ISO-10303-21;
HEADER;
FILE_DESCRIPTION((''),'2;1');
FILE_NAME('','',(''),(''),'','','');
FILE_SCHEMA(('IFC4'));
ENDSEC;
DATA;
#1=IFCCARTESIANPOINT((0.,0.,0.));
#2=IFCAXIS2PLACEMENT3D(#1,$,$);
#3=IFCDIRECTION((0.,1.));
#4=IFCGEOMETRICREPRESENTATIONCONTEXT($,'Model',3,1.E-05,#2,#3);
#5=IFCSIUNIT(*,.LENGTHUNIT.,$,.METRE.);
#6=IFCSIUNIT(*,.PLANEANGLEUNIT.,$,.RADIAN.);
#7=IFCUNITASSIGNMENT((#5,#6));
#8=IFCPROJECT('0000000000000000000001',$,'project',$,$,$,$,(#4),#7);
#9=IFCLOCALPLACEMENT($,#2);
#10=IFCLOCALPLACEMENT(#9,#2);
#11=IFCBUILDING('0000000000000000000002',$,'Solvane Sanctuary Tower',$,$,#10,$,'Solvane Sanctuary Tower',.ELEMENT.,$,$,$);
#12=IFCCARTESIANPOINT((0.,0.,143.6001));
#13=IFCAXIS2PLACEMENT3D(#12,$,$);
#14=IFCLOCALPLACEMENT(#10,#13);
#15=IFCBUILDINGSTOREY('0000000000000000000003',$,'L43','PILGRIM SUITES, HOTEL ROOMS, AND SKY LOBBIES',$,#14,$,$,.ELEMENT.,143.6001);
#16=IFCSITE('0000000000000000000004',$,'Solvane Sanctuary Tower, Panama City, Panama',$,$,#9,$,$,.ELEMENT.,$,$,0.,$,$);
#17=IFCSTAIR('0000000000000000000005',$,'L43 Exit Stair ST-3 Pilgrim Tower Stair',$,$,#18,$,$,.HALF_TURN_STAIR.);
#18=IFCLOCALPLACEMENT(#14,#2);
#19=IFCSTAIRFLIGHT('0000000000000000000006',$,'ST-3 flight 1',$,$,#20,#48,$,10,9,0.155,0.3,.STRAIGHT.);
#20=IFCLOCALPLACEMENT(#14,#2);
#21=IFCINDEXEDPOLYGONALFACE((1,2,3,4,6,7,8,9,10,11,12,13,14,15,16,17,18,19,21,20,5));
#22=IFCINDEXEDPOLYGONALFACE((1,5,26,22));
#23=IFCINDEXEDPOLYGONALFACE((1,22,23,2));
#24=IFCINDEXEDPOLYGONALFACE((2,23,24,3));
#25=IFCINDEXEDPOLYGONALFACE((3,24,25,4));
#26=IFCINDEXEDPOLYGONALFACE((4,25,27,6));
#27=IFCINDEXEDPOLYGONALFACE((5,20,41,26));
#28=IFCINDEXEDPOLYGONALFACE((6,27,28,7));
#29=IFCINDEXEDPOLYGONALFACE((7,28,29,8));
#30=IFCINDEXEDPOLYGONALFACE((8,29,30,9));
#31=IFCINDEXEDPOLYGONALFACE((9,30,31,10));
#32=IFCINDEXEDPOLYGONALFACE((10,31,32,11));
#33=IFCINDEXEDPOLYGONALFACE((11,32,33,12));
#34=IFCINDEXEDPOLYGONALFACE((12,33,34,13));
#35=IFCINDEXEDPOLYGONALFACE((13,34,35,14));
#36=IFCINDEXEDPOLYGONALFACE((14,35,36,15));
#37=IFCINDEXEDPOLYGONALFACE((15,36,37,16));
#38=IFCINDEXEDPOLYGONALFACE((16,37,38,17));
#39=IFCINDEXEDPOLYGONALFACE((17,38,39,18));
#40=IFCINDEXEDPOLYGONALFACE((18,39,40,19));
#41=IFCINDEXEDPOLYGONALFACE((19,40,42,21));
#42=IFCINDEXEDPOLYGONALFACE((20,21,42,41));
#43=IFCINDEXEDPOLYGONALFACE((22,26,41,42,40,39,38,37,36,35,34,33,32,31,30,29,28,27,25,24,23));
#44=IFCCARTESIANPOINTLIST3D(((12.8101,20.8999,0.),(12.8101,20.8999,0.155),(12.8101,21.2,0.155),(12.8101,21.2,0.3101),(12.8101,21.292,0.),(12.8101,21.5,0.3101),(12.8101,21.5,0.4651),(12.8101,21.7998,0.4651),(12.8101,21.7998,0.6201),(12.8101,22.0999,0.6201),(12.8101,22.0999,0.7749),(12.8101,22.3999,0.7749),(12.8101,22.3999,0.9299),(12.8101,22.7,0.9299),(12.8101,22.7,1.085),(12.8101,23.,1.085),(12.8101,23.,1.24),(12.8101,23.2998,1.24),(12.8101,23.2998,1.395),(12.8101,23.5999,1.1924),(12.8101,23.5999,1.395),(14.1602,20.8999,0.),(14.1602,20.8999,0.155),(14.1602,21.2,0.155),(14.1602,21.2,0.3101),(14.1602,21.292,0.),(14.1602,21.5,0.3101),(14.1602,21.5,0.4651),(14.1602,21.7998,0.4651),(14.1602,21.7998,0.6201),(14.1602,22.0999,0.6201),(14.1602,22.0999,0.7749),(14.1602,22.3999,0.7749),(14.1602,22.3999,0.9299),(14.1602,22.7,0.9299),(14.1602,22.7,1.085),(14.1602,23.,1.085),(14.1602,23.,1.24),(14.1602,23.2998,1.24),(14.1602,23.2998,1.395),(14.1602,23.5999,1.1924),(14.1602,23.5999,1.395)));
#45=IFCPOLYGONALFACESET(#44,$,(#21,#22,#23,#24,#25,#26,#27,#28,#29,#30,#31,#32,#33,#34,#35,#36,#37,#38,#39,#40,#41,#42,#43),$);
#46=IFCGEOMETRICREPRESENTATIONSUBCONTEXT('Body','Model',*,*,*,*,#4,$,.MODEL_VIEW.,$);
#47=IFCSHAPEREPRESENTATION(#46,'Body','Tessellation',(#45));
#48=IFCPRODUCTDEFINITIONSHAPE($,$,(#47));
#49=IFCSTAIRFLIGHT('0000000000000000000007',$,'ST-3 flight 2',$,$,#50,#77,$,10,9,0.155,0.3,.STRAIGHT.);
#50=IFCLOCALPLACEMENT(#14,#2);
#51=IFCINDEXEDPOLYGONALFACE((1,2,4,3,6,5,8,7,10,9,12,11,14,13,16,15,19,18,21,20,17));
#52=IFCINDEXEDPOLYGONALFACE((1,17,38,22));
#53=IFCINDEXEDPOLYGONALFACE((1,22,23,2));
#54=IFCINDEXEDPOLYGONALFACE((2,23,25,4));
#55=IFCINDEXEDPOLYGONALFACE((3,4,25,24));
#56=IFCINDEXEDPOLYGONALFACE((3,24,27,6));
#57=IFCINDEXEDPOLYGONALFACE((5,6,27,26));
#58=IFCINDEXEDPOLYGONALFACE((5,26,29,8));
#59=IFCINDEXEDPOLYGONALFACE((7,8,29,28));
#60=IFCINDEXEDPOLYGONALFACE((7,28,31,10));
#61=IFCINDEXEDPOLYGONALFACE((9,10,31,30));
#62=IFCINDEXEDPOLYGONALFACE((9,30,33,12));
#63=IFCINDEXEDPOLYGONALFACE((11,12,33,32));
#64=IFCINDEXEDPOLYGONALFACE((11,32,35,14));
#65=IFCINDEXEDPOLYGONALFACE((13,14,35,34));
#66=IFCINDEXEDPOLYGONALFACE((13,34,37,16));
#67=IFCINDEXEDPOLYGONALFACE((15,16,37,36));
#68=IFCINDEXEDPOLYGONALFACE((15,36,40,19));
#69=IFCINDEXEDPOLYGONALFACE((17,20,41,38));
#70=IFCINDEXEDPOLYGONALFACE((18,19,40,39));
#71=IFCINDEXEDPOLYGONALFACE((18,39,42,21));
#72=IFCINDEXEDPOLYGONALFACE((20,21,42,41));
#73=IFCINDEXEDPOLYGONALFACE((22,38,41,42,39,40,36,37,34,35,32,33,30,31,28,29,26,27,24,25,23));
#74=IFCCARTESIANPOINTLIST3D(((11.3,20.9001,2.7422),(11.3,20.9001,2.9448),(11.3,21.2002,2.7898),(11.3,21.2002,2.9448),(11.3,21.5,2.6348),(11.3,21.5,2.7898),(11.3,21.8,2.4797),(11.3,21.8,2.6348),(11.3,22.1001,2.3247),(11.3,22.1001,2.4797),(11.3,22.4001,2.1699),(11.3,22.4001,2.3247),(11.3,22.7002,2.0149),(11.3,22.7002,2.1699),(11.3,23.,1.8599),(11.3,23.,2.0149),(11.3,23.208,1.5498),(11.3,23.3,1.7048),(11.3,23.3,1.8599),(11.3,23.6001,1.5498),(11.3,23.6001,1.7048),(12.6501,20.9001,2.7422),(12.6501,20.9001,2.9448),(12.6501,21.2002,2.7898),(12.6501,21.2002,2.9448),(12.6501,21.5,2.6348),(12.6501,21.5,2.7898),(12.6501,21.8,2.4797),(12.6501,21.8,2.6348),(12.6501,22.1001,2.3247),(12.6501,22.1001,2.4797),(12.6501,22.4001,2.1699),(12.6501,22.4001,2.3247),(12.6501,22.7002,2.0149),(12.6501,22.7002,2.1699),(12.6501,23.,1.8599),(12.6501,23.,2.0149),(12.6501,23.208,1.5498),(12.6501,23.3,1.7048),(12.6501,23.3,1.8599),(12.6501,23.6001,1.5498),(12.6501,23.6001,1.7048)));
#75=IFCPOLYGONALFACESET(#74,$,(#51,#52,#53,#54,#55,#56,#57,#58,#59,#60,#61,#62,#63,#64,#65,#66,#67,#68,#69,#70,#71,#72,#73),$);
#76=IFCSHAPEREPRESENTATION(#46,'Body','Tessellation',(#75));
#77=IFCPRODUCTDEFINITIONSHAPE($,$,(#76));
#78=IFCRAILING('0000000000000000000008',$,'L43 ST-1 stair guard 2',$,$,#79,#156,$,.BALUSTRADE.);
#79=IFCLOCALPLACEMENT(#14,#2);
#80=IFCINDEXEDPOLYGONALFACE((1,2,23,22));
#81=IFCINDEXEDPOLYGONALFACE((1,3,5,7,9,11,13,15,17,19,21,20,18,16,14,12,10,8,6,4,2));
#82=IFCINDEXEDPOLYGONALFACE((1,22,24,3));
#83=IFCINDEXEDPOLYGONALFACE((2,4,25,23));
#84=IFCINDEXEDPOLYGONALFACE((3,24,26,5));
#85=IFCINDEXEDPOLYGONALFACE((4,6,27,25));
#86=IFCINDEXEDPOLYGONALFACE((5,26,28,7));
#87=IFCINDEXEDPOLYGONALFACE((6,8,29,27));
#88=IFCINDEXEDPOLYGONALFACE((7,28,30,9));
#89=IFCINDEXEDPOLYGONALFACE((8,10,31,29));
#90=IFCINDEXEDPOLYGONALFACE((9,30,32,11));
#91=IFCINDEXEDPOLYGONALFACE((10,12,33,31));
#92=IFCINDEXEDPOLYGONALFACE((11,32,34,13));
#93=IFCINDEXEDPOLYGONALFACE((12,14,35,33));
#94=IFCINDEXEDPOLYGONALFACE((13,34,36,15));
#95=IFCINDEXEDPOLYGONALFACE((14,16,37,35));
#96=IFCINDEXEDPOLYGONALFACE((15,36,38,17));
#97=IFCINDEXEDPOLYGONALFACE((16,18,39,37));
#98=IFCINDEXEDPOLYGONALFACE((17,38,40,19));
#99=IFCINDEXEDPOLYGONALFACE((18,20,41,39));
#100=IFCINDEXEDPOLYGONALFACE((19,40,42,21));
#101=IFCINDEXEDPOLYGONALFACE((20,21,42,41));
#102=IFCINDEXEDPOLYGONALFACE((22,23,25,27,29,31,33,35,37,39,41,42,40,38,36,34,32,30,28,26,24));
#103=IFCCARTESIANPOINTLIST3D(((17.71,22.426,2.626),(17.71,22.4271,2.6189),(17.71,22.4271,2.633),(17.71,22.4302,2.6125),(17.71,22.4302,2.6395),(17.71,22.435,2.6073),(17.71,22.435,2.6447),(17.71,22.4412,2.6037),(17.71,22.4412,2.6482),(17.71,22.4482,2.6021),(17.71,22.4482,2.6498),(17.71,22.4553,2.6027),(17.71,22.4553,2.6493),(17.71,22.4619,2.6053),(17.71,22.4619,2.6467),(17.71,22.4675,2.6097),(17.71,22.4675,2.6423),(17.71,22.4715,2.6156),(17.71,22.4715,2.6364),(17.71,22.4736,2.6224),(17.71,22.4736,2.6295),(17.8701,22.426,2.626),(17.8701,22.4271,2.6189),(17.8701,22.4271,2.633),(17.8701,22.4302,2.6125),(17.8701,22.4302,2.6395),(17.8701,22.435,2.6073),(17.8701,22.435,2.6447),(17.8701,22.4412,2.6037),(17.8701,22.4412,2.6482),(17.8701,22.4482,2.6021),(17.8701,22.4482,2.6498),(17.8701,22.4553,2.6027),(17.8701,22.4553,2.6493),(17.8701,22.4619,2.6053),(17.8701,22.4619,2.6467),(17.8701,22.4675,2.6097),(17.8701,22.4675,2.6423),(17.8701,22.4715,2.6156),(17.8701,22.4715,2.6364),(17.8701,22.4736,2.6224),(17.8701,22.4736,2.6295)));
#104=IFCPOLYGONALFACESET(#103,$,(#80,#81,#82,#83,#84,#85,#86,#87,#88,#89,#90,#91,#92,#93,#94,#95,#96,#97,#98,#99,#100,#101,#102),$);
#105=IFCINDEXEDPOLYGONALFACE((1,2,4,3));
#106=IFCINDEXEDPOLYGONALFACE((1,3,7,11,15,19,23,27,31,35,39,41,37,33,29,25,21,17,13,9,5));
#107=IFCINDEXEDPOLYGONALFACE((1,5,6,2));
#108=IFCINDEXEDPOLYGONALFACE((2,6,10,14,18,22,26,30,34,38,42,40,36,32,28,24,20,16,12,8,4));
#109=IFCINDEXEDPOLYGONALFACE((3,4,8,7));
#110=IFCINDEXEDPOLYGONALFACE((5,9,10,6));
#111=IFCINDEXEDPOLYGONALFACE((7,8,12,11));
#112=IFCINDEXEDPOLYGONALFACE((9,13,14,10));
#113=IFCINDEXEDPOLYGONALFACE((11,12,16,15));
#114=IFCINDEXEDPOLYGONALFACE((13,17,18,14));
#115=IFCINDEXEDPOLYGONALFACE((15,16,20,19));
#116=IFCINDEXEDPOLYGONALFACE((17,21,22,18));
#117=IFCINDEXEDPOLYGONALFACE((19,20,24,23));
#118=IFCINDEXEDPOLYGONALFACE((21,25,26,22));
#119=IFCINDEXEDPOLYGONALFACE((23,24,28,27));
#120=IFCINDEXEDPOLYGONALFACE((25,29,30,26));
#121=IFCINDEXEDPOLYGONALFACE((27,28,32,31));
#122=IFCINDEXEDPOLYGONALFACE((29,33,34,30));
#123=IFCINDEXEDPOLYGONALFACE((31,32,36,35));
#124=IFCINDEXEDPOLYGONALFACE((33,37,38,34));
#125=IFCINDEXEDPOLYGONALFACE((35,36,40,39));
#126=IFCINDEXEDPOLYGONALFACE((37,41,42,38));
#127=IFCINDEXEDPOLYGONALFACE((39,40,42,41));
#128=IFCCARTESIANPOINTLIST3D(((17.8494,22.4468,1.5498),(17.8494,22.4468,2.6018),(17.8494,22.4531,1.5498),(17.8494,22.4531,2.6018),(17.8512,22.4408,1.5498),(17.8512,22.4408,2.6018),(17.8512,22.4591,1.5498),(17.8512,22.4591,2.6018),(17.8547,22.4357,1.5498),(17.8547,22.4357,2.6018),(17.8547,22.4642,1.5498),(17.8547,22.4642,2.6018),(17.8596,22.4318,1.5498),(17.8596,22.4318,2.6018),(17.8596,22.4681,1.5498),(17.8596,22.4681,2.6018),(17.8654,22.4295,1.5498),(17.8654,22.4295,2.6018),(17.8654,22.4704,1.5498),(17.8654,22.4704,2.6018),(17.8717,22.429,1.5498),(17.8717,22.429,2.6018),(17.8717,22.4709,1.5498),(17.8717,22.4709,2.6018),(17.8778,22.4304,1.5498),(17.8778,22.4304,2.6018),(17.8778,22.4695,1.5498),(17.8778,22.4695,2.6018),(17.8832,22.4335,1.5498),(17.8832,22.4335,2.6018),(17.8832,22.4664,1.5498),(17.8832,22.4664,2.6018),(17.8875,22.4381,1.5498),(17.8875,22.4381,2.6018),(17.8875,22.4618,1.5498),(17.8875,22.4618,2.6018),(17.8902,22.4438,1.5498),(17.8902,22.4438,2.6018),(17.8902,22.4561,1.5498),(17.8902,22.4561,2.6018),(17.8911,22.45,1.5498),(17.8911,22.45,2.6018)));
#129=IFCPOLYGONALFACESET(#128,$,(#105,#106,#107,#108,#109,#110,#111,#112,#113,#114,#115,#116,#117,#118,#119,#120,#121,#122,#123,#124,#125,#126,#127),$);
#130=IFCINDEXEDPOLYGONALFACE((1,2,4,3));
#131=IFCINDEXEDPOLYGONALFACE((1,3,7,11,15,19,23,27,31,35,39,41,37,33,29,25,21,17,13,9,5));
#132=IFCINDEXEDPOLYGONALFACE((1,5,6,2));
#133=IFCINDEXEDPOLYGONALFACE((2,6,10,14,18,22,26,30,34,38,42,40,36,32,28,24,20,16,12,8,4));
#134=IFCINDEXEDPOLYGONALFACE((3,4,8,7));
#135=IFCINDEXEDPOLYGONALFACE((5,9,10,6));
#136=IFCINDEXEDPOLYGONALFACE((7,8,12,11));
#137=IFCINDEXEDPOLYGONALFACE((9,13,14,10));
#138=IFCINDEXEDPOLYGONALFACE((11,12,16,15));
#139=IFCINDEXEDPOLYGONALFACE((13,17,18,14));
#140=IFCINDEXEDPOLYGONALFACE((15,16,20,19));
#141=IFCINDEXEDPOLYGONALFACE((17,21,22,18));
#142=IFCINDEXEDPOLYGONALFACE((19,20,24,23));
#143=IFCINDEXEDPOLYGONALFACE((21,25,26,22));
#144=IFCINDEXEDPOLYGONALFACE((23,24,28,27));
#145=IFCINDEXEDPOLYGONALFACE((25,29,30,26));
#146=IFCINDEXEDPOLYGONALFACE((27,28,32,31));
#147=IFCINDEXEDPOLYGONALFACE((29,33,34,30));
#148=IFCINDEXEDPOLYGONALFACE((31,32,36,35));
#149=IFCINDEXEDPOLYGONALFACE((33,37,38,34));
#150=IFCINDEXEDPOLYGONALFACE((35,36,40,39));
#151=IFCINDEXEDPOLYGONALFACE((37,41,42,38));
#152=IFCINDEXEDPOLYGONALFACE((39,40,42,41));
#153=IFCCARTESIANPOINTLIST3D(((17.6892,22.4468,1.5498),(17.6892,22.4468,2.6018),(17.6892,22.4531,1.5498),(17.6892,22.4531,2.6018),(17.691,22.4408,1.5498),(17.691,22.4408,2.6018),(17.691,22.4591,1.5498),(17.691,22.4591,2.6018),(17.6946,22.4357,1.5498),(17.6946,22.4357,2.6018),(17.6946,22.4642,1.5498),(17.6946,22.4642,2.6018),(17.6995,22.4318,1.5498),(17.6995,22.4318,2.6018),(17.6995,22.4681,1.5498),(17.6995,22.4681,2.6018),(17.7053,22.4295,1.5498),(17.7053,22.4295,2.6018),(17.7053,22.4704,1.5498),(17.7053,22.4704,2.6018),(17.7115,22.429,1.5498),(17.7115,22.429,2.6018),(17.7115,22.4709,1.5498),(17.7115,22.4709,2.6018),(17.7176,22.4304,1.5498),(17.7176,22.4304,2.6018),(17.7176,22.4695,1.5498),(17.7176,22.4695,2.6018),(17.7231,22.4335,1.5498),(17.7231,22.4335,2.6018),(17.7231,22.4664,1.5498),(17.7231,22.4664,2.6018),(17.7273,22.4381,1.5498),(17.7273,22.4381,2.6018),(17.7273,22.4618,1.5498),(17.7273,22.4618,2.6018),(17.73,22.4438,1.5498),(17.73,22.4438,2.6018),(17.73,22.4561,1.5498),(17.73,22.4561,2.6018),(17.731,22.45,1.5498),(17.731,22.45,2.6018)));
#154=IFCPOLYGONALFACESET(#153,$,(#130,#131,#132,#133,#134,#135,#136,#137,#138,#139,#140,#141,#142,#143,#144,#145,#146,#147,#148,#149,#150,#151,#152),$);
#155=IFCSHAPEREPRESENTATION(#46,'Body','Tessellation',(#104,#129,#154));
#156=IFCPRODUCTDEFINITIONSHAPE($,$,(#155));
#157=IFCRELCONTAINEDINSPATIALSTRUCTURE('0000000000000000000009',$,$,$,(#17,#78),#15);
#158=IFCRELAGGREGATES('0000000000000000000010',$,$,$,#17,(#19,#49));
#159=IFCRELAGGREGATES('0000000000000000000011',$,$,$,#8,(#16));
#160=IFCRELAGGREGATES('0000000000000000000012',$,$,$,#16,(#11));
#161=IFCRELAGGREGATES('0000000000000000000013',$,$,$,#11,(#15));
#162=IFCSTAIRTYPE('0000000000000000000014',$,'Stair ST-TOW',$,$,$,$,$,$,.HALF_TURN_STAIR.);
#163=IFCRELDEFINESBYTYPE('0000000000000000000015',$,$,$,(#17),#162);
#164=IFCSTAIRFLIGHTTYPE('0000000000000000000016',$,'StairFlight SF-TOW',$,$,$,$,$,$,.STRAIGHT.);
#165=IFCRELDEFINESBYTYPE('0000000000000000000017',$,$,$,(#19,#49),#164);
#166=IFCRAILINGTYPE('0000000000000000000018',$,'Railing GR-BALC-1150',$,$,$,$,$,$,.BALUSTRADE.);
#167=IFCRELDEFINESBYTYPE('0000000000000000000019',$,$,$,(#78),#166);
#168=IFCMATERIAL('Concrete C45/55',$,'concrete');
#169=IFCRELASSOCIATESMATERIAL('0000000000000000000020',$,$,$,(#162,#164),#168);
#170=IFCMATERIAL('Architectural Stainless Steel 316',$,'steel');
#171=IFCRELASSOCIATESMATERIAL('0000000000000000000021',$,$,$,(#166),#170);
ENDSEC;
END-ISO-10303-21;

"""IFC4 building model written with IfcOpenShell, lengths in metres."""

from ifc_helpers import new_model, si_unit, direction, frame, origin, origin_2d, place, context, subcontext, project, spatial, polyline, circle, outline, extrude, material, type_object, element, aggregate, save


model = new_model("IFC4")

# Units and contexts
model_context = context("Model", 3, precision=1e-05, world=origin(), true_north=direction((0.0, 1.0)))
body_context = subcontext(model_context, "Body", "Model", "MODEL_VIEW")
ifc_project = project(units=[si_unit("LENGTHUNIT", "METRE"), si_unit("PLANEANGLEUNIT", "RADIAN")], contexts=[model_context])

# Site, building, storey
site_placement = place(None, origin())
site = spatial("IfcSite", under=ifc_project, at=site_placement, Name="Solvane Sanctuary Tower, Panama City, Panama", CompositionType="ELEMENT", RefElevation=0.0)
building_placement = place(site_placement, origin())
building = spatial("IfcBuilding", under=site, at=building_placement, Name="Solvane Sanctuary Tower", LongName="Solvane Sanctuary Tower", CompositionType="ELEMENT")
storey_placement = place(building_placement, frame((0.0, 0.0, 143.6001)))
storey = spatial("IfcBuildingStorey", under=building, at=storey_placement, Name="L43", Description="PILGRIM SUITES, HOTEL ROOMS, AND SKY LOBBIES", CompositionType="ELEMENT", Elevation=143.6001)

# Shared definitions
ifc_material_1 = material(Name="Concrete C45/55", Category="concrete")
stair_type = type_object("IfcStairType", Name="Stair ST-TOW", PredefinedType="HALF_TURN_STAIR", material=ifc_material_1)
stair_flight_type = type_object("IfcStairFlightType", Name="StairFlight SF-TOW", PredefinedType="STRAIGHT", material=ifc_material_1)

# Stair, stair flights
stair_1_placement = place(storey_placement, origin())
stair_1 = element("IfcStair", 1, at=stair_1_placement, inside=storey, type_object=stair_type, Name="L43 Exit Stair ST-3 Pilgrim Tower Stair", PredefinedType="HALF_TURN_STAIR")
stair_flight_1_placement = place(storey_placement, frame((13.4851, 20.8999, 0.0), z_axis=(0.0, 0.0, 1.0), x_axis=(0.0, 1.0, 0.0)))
stair_flight_1 = element("IfcStairFlight", 2, at=stair_flight_1_placement, type_object=stair_flight_type, Name="ST-3 flight 1", NumberOfRisers=10, NumberOfTreads=9, PredefinedType="STRAIGHT", RiserHeight=0.155, TreadLength=0.3, context=body_context, shape_type="SweptSolid", body=[
    extrude(outline(polyline([(0.0, 0.0), (0.0, 0.155), (0.3, 0.155), (0.3, 0.3101), (0.6001, 0.3101), (0.6001, 0.4651), (0.8999, 0.4651), (0.8999, 0.6201), (1.2, 0.6201), (1.2, 0.7749), (1.5, 0.7749), (1.5, 0.9299), (1.8, 0.9299), (1.8, 1.085), (2.1001, 1.085), (2.1001, 1.24), (2.3999, 1.24), (2.3999, 1.395), (2.7, 1.395), (2.7, 1.55), (2.7, 1.1924), (0.3921, 0.0), (0.0, 0.0)])), frame((0.0, 0.675, 0.0), z_axis=(0.0, -1.0, 0.0), x_axis=(1.0, 0.0, 0.0)), (0.0, 0.0, 1.0), 1.3501),
])
stair_flight_2_placement = place(storey_placement, frame((11.9751, 23.6001, 1.5498), z_axis=(0.0, 0.0, 1.0), x_axis=(0.0, -1.0, 0.0)))
stair_flight_2 = element("IfcStairFlight", 3, at=stair_flight_2_placement, type_object=stair_flight_type, Name="ST-3 flight 2", NumberOfRisers=10, NumberOfTreads=9, PredefinedType="STRAIGHT", RiserHeight=0.155, TreadLength=0.3, context=body_context, shape_type="SweptSolid", body=[
    extrude(outline(polyline([(0.0, 0.0), (0.0, 0.155), (0.3, 0.155), (0.3, 0.3101), (0.6001, 0.3101), (0.6001, 0.4651), (0.8999, 0.4651), (0.8999, 0.6201), (1.2, 0.6201), (1.2, 0.7749), (1.5, 0.7749), (1.5, 0.9299), (1.8, 0.9299), (1.8, 1.085), (2.1001, 1.085), (2.1001, 1.24), (2.3999, 1.24), (2.3999, 1.395), (2.7, 1.395), (2.7, 1.55), (2.7, 1.1924), (0.3921, 0.0), (0.0, 0.0)])), frame((0.0, 0.675, 0.0), z_axis=(0.0, -1.0, 0.0), x_axis=(1.0, 0.0, 0.0)), (0.0, 0.0, 1.0), 1.3501),
])
aggregate(stair_1, [stair_flight_1, stair_flight_2])

# Railing
ifc_material_2 = material(Name="Architectural Stainless Steel 316", Category="steel")
railing_type_1 = type_object("IfcRailingType", Name="Railing GR-BALC-1150", PredefinedType="BALUSTRADE", material=ifc_material_2)
railing_1_placement = place(storey_placement, frame((17.8701, 22.45, 1.5498)))
element("IfcRailing", 4, at=railing_1_placement, inside=storey, type_object=railing_type_1, Name="L43 ST-1 stair guard 2", PredefinedType="BALUSTRADE", context=body_context, shape_type="SweptSolid", body=[
    extrude(circle(Radius=0.0239, at=origin_2d()), frame((0.0, 0.0, 1.0762), z_axis=(-1.0, 0.0, 0.0), x_axis=(0.0, -1.0, 0.0)), (0.0, 0.0, 1.0), 0.1602),
    extrude(circle(Radius=0.021, at=origin_2d()), origin(), (0.0, 0.0, 1.0), 1.052),
    extrude(circle(Radius=0.021, at=origin_2d()), frame((-0.1602, 0.0, 0.0)), (0.0, 0.0, 1.0), 1.052),
])

save(model, "model.ifc")
